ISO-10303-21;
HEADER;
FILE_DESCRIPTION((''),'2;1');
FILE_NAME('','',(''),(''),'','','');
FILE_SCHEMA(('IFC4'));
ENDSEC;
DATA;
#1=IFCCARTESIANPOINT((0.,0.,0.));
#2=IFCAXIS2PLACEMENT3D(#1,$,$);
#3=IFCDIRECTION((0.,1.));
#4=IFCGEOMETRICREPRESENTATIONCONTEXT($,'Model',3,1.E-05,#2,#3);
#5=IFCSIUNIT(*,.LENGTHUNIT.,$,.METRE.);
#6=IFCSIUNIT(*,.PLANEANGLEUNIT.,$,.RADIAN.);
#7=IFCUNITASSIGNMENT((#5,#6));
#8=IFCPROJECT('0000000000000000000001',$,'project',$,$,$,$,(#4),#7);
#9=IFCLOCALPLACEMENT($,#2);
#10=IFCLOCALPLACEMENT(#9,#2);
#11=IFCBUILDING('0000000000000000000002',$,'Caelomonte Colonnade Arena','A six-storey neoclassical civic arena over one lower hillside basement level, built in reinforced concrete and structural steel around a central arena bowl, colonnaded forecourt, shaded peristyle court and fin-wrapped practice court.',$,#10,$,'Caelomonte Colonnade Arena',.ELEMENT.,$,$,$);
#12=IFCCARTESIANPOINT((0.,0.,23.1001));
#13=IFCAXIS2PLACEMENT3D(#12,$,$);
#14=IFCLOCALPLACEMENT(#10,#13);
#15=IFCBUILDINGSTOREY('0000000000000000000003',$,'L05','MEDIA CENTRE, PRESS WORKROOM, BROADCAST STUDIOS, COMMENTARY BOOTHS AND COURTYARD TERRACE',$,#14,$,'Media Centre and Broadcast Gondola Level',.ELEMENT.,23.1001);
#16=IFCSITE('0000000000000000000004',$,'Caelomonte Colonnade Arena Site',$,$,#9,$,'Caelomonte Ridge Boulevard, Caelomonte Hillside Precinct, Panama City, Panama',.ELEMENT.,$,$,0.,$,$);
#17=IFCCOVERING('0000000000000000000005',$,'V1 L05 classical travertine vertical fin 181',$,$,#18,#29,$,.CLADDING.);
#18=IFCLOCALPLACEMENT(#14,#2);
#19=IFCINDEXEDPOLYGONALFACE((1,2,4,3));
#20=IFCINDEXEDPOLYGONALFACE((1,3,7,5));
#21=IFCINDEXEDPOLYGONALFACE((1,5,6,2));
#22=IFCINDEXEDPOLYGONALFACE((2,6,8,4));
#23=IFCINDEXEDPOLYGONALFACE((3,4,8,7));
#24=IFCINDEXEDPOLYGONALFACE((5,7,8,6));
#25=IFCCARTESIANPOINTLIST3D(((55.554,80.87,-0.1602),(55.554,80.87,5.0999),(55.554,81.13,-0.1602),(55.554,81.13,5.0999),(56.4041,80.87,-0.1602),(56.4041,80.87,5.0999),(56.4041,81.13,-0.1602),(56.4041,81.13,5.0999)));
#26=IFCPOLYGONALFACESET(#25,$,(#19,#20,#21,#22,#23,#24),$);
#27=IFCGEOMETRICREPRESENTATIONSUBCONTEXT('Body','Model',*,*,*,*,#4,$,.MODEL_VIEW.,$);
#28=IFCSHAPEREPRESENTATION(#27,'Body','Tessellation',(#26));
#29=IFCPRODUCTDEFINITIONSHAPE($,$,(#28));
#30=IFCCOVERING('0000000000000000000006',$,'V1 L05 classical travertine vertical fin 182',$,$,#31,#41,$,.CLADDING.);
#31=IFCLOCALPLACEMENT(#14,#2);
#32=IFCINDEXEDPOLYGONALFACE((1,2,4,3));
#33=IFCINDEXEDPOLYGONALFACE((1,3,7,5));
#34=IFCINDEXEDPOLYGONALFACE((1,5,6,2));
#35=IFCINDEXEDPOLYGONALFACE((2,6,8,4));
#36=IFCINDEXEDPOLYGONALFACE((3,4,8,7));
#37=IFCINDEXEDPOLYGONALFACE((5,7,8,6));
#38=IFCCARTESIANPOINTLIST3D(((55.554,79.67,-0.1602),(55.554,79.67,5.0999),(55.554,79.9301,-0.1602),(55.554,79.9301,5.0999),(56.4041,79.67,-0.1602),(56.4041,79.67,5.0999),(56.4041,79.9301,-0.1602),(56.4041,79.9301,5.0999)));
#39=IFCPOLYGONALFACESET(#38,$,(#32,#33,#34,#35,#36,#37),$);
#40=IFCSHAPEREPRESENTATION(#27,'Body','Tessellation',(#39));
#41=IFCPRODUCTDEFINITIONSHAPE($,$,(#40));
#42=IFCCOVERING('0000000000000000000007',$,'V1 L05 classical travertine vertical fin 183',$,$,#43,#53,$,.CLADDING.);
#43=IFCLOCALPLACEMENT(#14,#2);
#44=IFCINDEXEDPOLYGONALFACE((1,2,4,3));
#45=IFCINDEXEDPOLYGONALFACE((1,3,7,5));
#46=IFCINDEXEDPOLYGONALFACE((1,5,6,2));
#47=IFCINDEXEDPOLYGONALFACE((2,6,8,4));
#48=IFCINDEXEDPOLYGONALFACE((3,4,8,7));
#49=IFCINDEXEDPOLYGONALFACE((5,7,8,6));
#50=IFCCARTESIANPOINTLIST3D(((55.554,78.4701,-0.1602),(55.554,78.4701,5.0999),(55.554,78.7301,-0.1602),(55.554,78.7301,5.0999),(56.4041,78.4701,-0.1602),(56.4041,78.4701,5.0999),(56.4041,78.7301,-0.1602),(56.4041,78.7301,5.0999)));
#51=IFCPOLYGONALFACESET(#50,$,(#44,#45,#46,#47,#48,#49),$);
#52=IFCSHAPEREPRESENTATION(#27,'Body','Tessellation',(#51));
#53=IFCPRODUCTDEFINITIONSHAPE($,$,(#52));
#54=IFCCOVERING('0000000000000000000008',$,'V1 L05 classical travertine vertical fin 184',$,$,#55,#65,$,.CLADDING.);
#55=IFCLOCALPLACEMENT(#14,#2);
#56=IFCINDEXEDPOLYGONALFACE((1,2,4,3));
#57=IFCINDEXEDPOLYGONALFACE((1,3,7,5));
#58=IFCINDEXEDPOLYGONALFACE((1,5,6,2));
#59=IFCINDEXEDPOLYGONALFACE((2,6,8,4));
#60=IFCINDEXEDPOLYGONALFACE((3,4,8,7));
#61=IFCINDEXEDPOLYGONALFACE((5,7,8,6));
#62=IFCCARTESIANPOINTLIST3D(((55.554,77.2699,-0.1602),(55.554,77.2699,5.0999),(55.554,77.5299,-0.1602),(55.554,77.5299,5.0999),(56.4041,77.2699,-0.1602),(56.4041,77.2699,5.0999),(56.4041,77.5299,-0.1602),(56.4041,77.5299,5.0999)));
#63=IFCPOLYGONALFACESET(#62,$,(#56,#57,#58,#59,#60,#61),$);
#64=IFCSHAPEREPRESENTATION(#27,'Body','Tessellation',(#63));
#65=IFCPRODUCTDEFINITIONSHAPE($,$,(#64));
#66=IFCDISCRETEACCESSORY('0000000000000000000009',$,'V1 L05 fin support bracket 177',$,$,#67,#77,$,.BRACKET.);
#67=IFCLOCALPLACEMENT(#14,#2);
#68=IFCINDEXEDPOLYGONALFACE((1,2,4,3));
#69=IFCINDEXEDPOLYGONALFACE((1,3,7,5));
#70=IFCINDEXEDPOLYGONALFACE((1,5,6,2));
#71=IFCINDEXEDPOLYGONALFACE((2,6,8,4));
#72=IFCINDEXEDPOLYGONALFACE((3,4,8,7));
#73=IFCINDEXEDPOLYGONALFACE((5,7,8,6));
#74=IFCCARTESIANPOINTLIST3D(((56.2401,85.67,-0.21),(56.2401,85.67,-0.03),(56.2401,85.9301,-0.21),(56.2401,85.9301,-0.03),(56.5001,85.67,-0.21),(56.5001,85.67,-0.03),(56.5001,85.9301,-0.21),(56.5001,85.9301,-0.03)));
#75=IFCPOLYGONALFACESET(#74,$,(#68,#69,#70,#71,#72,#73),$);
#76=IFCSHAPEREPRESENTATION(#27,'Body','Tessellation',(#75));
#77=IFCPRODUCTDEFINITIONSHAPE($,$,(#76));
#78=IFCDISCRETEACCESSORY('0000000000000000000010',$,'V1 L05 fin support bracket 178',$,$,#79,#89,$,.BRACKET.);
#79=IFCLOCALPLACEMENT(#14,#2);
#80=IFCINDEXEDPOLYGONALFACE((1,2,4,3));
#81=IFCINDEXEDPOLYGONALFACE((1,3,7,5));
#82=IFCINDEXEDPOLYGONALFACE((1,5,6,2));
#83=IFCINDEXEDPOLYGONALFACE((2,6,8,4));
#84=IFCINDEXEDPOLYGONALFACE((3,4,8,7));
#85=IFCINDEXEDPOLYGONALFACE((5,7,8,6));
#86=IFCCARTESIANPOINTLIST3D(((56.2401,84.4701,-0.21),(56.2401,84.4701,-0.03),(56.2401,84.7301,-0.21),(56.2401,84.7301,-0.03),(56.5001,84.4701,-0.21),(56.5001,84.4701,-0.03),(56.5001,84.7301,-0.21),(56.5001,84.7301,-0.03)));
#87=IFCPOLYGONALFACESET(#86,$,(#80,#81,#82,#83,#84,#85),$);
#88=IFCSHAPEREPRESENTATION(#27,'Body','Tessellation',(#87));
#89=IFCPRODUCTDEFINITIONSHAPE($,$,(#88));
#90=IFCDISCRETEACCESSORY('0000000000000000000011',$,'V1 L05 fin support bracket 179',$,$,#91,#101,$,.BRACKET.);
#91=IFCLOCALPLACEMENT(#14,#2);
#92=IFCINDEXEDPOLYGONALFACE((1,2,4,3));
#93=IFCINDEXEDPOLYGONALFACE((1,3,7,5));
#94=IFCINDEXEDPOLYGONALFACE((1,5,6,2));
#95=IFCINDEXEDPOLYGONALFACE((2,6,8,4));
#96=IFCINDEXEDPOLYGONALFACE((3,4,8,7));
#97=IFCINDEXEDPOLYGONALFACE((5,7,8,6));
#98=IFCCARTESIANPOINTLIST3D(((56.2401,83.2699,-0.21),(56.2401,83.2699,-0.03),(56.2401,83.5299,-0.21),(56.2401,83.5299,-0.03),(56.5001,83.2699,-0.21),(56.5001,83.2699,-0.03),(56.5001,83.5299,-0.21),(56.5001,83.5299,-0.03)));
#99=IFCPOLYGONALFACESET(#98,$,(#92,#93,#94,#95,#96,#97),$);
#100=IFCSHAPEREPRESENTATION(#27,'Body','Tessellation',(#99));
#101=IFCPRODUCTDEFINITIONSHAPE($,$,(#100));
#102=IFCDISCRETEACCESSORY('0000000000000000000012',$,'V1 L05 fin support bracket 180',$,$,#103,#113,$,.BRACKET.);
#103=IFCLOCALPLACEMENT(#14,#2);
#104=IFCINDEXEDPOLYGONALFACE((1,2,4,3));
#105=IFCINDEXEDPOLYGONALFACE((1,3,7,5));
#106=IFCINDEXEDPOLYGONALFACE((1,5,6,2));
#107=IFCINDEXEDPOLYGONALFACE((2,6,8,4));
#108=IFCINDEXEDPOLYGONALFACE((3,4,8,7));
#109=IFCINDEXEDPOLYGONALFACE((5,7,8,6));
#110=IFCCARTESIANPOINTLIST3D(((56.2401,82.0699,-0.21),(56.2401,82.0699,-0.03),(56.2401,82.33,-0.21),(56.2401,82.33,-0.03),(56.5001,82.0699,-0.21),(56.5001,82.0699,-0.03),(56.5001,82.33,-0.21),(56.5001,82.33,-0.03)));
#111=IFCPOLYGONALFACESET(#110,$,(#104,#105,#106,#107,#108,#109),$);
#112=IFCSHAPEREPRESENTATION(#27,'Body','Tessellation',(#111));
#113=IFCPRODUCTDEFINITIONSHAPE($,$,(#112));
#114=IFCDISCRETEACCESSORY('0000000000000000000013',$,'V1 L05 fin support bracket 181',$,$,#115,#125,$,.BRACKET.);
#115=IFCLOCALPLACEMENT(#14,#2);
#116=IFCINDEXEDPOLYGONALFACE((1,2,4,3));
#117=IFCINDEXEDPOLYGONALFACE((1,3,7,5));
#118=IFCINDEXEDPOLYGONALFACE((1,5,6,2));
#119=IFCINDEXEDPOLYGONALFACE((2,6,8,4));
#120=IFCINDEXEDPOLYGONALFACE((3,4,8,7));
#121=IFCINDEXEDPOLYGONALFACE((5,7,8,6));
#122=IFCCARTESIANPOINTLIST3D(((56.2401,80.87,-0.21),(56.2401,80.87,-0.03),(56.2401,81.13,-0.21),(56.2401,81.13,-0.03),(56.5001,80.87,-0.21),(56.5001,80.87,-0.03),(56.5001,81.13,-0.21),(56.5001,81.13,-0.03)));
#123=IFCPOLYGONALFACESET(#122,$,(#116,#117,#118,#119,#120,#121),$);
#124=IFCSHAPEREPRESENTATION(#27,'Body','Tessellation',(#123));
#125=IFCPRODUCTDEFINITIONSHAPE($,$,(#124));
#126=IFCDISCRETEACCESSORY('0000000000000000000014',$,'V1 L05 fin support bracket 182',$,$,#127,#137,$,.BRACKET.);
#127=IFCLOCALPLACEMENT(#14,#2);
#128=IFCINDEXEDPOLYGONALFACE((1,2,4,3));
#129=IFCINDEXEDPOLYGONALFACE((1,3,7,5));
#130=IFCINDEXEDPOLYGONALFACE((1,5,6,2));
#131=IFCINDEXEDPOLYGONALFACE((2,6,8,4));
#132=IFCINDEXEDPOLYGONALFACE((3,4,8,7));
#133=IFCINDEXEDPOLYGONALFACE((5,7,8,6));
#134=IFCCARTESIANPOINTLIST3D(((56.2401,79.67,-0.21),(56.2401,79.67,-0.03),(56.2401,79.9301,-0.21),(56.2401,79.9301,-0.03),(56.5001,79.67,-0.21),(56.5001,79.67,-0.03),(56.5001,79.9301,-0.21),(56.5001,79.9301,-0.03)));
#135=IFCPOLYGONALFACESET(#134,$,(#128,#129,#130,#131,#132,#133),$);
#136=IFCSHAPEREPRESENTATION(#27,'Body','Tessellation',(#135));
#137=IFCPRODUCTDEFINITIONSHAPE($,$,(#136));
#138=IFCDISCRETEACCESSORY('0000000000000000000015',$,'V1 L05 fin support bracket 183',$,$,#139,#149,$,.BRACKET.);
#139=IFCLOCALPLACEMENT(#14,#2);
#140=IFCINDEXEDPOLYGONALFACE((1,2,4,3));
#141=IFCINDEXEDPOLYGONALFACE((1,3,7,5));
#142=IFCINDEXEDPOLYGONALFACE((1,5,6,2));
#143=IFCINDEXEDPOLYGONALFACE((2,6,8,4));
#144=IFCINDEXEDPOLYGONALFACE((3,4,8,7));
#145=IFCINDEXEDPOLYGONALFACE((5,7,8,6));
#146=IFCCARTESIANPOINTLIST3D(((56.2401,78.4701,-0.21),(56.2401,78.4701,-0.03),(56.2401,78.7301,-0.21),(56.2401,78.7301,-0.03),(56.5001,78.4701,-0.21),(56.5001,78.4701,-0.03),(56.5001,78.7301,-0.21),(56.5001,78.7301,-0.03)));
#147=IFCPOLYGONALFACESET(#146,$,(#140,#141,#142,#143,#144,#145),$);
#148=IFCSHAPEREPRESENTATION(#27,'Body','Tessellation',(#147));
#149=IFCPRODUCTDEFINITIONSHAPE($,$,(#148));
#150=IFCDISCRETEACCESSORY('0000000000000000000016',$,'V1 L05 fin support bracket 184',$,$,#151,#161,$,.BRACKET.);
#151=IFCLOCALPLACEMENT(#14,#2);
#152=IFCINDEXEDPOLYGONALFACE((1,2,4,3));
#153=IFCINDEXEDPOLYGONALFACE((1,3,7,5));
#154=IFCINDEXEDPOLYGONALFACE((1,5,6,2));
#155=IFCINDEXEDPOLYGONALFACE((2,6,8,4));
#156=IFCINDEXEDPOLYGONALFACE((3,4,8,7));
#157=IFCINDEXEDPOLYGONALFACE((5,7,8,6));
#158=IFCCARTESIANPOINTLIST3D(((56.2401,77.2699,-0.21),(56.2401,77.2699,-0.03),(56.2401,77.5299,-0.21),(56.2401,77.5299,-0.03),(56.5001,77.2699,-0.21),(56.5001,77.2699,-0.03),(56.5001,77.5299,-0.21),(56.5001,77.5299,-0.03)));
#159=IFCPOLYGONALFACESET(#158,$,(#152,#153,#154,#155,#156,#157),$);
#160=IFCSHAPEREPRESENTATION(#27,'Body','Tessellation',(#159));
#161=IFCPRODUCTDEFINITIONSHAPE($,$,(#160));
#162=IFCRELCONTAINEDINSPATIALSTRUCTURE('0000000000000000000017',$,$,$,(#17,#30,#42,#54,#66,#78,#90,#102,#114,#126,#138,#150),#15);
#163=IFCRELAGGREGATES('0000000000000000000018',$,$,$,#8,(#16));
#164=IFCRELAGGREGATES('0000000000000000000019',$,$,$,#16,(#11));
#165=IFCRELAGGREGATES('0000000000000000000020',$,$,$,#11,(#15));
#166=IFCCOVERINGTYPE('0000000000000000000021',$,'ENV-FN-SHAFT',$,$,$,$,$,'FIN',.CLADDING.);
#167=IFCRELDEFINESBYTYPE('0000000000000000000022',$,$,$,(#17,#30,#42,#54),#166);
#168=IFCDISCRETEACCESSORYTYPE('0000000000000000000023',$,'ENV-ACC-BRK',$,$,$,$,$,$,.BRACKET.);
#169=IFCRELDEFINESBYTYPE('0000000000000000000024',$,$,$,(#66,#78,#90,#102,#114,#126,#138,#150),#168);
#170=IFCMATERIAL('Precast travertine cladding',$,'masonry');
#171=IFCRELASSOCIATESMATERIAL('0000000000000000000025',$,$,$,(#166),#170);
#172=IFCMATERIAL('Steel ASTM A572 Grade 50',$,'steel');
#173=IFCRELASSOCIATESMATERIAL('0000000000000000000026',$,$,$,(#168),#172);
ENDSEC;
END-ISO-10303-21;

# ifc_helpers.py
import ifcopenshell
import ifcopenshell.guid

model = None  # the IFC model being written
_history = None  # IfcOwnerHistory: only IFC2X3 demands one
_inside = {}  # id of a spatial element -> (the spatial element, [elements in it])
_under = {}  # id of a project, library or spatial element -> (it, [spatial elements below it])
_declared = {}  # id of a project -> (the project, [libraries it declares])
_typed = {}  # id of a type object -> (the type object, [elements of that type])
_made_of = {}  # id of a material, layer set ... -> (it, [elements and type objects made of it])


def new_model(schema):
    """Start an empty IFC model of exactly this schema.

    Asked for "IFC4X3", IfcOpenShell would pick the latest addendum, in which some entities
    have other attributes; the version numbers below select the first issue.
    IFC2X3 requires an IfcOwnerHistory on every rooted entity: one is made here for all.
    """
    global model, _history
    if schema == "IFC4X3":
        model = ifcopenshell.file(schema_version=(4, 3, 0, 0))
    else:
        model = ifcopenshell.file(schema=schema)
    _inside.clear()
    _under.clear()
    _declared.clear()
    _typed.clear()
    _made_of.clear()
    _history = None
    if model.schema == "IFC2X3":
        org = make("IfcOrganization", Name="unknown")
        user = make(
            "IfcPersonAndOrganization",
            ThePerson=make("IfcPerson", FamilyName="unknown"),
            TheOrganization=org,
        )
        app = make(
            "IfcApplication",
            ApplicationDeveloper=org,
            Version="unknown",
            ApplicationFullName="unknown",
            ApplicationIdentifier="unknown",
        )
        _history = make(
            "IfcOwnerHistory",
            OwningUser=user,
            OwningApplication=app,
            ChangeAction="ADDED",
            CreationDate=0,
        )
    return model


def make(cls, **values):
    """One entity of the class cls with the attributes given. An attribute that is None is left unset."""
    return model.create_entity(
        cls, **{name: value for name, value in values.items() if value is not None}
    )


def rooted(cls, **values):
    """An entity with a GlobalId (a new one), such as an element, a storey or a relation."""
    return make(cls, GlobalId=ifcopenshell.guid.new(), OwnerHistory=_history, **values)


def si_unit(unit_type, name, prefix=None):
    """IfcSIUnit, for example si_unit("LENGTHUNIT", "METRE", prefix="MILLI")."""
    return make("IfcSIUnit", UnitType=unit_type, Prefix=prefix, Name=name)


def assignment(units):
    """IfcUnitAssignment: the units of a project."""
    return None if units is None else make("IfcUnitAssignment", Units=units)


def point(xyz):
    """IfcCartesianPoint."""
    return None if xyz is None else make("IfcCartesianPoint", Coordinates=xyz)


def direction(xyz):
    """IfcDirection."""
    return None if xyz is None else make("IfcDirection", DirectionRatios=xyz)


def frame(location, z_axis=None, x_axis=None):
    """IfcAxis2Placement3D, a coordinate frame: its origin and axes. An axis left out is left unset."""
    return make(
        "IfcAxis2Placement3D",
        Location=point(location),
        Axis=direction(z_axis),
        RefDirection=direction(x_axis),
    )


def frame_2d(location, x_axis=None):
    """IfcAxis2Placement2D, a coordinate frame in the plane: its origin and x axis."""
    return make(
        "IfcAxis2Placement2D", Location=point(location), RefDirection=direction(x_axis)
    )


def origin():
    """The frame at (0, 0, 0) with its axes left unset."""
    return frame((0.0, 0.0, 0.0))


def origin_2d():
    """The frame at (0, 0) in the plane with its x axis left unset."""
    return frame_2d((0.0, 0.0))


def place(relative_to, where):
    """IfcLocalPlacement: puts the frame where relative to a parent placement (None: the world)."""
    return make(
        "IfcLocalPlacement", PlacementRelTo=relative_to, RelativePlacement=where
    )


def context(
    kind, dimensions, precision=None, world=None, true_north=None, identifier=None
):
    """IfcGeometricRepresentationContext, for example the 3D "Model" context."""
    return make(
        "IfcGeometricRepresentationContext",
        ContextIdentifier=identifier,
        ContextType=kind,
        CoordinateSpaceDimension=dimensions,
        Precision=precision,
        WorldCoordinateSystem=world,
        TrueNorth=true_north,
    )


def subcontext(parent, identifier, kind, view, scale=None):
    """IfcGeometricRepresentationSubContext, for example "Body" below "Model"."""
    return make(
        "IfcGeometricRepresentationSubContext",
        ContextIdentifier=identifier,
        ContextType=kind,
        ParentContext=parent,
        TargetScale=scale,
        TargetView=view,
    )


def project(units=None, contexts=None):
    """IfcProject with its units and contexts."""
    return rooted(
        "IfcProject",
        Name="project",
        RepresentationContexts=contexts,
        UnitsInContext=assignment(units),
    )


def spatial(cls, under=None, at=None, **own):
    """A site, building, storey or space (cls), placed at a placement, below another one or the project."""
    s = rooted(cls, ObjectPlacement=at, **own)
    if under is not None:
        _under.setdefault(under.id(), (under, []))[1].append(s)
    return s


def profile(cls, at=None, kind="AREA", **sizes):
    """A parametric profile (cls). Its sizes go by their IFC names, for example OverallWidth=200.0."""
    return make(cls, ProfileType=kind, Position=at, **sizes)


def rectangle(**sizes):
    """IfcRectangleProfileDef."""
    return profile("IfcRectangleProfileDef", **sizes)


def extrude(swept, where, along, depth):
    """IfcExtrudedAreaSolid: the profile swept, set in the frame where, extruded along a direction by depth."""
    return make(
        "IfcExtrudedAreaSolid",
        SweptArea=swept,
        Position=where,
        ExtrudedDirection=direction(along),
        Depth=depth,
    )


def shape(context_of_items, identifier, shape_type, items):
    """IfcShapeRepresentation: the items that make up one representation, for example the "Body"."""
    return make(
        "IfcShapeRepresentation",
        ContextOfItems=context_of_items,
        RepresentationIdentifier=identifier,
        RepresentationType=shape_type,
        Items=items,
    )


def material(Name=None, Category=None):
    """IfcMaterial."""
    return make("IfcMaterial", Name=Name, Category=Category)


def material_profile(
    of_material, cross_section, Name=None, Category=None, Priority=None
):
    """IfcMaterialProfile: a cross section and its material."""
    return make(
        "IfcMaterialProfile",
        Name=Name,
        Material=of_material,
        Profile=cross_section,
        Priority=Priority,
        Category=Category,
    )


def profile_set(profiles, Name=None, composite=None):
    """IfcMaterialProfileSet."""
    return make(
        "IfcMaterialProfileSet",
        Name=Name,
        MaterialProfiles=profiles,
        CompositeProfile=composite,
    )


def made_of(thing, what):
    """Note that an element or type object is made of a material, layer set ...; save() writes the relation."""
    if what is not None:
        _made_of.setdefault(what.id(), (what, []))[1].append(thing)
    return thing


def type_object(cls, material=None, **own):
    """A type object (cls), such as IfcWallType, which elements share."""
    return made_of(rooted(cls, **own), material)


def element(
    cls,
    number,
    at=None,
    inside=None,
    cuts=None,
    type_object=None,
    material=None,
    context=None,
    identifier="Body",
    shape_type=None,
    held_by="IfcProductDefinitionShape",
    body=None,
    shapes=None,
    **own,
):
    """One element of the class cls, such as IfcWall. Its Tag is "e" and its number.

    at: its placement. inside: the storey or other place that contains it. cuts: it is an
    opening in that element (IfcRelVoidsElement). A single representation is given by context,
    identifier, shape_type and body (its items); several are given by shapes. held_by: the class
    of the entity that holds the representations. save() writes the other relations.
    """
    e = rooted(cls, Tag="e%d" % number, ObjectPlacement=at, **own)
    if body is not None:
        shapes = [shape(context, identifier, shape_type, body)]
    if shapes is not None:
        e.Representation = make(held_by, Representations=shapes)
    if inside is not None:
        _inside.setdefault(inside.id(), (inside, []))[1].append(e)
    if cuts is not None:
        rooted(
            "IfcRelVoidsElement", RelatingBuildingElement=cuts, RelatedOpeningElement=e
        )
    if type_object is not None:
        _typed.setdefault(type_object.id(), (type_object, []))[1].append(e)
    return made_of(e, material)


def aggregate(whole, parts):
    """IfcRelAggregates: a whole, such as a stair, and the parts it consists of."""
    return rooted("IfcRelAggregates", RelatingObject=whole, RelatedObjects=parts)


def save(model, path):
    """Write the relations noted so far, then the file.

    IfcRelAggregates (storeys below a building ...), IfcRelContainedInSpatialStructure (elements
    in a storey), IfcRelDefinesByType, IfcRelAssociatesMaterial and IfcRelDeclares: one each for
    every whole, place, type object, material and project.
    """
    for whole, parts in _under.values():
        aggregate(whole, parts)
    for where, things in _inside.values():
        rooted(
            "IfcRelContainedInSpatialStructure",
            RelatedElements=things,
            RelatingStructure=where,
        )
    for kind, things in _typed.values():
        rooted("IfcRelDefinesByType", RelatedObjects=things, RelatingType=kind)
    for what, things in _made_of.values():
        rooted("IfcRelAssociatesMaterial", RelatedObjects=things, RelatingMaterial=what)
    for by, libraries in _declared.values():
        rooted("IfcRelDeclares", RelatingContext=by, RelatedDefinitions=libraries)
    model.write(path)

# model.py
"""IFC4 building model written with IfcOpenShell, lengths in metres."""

from ifc_helpers import new_model, si_unit, direction, frame, origin, origin_2d, place, context, subcontext, project, spatial, rectangle, extrude, material, material_profile, profile_set, type_object, element, save


model = new_model("IFC4")

# Units and contexts
model_context = context("Model", 3, precision=1e-05, world=origin(), true_north=direction((0.0, 1.0)))
body_context = subcontext(model_context, "Body", "Model", "MODEL_VIEW")
ifc_project = project(units=[si_unit("LENGTHUNIT", "METRE"), si_unit("PLANEANGLEUNIT", "RADIAN")], contexts=[model_context])

# Site, building, storey
site_placement = place(None, origin())
site = spatial("IfcSite", under=ifc_project, at=site_placement, Name="Caelomonte Colonnade Arena Site", LongName="Caelomonte Ridge Boulevard, Caelomonte Hillside Precinct, Panama City, Panama", CompositionType="ELEMENT", RefElevation=0.0)
building_placement = place(site_placement, origin())
building = spatial("IfcBuilding", under=site, at=building_placement, Name="Caelomonte Colonnade Arena", Description="A six-storey neoclassical civic arena over one lower hillside basement level, built in reinforced concrete and structural steel around a central arena bowl, colonnaded forecourt, shaded peristyle court and fin-wrapped practice court.", LongName="Caelomonte Colonnade Arena", CompositionType="ELEMENT")
storey_placement = place(building_placement, frame((0.0, 0.0, 23.1001)))
storey = spatial("IfcBuildingStorey", under=building, at=storey_placement, Name="L05", Description="MEDIA CENTRE, PRESS WORKROOM, BROADCAST STUDIOS, COMMENTARY BOOTHS AND COURTYARD TERRACE", LongName="Media Centre and Broadcast Gondola Level", CompositionType="ELEMENT", Elevation=23.1001)

# Coverings
ifc_material_1 = material(Name="Precast travertine cladding", Category="masonry")
ifc_material_profile_1 = material_profile(ifc_material_1, rectangle(XDim=0.26, YDim=0.8501, at=origin_2d()), Name="FIN260X850")
ifc_profile_set_1 = profile_set([ifc_material_profile_1], Name="Precast travertine cladding")
covering_type = type_object("IfcCoveringType", Name="ENV-FN-SHAFT", ElementType="FIN", PredefinedType="CLADDING", material=ifc_profile_set_1)
for number, where, z_axis, x_axis, name in (
    (1, (55.979, 81.0, -0.1602), (0.0, 0.0, 1.0), (0.0, 1.0, 0.0), "V1 L05 classical travertine vertical fin 181"),
    (2, (55.979, 79.8, -0.1602), (0.0, 0.0, 1.0), (0.0, 1.0, 0.0), "V1 L05 classical travertine vertical fin 182"),
    (3, (55.979, 78.6001, -0.1602), (0.0, 0.0, 1.0), (0.0, 1.0, 0.0), "V1 L05 classical travertine vertical fin 183"),
    (4, (55.979, 77.3999, -0.1602), (0.0, 0.0, 1.0), (0.0, 1.0, 0.0), "V1 L05 classical travertine vertical fin 184"),
):
    element("IfcCovering", number, at=place(storey_placement, frame(where, z_axis=z_axis, x_axis=x_axis)), inside=storey, type_object=covering_type, Name=name, PredefinedType="CLADDING", context=body_context, shape_type="SweptSolid", body=[
        extrude(rectangle(XDim=0.26, YDim=0.8501, at=origin_2d()), origin(), (0.0, 0.0, 1.0), 5.26),
    ])

# Discrete accessories
ifc_material_2 = material(Name="Steel ASTM A572 Grade 50", Category="steel")
discrete_accessory_type = type_object("IfcDiscreteAccessoryType", Name="ENV-ACC-BRK", PredefinedType="BRACKET", material=ifc_material_2)
for number, where, z_axis, x_axis, name in (
    (5, (56.3701, 85.8, -0.21), (0.0, 0.0, 1.0), (0.0, -1.0, 0.0), "V1 L05 fin support bracket 177"),
    (6, (56.3701, 84.6001, -0.21), (0.0, 0.0, 1.0), (0.0, -1.0, 0.0), "V1 L05 fin support bracket 178"),
    (7, (56.3701, 83.3999, -0.21), (0.0, 0.0, 1.0), (0.0, -1.0, 0.0), "V1 L05 fin support bracket 179"),
    (8, (56.3701, 82.2, -0.21), (0.0, 0.0, 1.0), (0.0, -1.0, 0.0), "V1 L05 fin support bracket 180"),
    (9, (56.3701, 81.0, -0.21), (0.0, 0.0, 1.0), (0.0, -1.0, 0.0), "V1 L05 fin support bracket 181"),
    (10, (56.3701, 79.8, -0.21), (0.0, 0.0, 1.0), (0.0, -1.0, 0.0), "V1 L05 fin support bracket 182"),
    (11, (56.3701, 78.6001, -0.21), (0.0, 0.0, 1.0), (0.0, -1.0, 0.0), "V1 L05 fin support bracket 183"),
    (12, (56.3701, 77.3999, -0.21), (0.0, 0.0, 1.0), (0.0, -1.0, 0.0), "V1 L05 fin support bracket 184"),
):
    element("IfcDiscreteAccessory", number, at=place(storey_placement, frame(where, z_axis=z_axis, x_axis=x_axis)), inside=storey, type_object=discrete_accessory_type, Name=name, PredefinedType="BRACKET", context=body_context, shape_type="SweptSolid", body=[
        extrude(rectangle(XDim=0.26, YDim=0.26, at=origin_2d()), origin(), (0.0, 0.0, 1.0), 0.1799),
    ])

save(model, "model.ifc")
